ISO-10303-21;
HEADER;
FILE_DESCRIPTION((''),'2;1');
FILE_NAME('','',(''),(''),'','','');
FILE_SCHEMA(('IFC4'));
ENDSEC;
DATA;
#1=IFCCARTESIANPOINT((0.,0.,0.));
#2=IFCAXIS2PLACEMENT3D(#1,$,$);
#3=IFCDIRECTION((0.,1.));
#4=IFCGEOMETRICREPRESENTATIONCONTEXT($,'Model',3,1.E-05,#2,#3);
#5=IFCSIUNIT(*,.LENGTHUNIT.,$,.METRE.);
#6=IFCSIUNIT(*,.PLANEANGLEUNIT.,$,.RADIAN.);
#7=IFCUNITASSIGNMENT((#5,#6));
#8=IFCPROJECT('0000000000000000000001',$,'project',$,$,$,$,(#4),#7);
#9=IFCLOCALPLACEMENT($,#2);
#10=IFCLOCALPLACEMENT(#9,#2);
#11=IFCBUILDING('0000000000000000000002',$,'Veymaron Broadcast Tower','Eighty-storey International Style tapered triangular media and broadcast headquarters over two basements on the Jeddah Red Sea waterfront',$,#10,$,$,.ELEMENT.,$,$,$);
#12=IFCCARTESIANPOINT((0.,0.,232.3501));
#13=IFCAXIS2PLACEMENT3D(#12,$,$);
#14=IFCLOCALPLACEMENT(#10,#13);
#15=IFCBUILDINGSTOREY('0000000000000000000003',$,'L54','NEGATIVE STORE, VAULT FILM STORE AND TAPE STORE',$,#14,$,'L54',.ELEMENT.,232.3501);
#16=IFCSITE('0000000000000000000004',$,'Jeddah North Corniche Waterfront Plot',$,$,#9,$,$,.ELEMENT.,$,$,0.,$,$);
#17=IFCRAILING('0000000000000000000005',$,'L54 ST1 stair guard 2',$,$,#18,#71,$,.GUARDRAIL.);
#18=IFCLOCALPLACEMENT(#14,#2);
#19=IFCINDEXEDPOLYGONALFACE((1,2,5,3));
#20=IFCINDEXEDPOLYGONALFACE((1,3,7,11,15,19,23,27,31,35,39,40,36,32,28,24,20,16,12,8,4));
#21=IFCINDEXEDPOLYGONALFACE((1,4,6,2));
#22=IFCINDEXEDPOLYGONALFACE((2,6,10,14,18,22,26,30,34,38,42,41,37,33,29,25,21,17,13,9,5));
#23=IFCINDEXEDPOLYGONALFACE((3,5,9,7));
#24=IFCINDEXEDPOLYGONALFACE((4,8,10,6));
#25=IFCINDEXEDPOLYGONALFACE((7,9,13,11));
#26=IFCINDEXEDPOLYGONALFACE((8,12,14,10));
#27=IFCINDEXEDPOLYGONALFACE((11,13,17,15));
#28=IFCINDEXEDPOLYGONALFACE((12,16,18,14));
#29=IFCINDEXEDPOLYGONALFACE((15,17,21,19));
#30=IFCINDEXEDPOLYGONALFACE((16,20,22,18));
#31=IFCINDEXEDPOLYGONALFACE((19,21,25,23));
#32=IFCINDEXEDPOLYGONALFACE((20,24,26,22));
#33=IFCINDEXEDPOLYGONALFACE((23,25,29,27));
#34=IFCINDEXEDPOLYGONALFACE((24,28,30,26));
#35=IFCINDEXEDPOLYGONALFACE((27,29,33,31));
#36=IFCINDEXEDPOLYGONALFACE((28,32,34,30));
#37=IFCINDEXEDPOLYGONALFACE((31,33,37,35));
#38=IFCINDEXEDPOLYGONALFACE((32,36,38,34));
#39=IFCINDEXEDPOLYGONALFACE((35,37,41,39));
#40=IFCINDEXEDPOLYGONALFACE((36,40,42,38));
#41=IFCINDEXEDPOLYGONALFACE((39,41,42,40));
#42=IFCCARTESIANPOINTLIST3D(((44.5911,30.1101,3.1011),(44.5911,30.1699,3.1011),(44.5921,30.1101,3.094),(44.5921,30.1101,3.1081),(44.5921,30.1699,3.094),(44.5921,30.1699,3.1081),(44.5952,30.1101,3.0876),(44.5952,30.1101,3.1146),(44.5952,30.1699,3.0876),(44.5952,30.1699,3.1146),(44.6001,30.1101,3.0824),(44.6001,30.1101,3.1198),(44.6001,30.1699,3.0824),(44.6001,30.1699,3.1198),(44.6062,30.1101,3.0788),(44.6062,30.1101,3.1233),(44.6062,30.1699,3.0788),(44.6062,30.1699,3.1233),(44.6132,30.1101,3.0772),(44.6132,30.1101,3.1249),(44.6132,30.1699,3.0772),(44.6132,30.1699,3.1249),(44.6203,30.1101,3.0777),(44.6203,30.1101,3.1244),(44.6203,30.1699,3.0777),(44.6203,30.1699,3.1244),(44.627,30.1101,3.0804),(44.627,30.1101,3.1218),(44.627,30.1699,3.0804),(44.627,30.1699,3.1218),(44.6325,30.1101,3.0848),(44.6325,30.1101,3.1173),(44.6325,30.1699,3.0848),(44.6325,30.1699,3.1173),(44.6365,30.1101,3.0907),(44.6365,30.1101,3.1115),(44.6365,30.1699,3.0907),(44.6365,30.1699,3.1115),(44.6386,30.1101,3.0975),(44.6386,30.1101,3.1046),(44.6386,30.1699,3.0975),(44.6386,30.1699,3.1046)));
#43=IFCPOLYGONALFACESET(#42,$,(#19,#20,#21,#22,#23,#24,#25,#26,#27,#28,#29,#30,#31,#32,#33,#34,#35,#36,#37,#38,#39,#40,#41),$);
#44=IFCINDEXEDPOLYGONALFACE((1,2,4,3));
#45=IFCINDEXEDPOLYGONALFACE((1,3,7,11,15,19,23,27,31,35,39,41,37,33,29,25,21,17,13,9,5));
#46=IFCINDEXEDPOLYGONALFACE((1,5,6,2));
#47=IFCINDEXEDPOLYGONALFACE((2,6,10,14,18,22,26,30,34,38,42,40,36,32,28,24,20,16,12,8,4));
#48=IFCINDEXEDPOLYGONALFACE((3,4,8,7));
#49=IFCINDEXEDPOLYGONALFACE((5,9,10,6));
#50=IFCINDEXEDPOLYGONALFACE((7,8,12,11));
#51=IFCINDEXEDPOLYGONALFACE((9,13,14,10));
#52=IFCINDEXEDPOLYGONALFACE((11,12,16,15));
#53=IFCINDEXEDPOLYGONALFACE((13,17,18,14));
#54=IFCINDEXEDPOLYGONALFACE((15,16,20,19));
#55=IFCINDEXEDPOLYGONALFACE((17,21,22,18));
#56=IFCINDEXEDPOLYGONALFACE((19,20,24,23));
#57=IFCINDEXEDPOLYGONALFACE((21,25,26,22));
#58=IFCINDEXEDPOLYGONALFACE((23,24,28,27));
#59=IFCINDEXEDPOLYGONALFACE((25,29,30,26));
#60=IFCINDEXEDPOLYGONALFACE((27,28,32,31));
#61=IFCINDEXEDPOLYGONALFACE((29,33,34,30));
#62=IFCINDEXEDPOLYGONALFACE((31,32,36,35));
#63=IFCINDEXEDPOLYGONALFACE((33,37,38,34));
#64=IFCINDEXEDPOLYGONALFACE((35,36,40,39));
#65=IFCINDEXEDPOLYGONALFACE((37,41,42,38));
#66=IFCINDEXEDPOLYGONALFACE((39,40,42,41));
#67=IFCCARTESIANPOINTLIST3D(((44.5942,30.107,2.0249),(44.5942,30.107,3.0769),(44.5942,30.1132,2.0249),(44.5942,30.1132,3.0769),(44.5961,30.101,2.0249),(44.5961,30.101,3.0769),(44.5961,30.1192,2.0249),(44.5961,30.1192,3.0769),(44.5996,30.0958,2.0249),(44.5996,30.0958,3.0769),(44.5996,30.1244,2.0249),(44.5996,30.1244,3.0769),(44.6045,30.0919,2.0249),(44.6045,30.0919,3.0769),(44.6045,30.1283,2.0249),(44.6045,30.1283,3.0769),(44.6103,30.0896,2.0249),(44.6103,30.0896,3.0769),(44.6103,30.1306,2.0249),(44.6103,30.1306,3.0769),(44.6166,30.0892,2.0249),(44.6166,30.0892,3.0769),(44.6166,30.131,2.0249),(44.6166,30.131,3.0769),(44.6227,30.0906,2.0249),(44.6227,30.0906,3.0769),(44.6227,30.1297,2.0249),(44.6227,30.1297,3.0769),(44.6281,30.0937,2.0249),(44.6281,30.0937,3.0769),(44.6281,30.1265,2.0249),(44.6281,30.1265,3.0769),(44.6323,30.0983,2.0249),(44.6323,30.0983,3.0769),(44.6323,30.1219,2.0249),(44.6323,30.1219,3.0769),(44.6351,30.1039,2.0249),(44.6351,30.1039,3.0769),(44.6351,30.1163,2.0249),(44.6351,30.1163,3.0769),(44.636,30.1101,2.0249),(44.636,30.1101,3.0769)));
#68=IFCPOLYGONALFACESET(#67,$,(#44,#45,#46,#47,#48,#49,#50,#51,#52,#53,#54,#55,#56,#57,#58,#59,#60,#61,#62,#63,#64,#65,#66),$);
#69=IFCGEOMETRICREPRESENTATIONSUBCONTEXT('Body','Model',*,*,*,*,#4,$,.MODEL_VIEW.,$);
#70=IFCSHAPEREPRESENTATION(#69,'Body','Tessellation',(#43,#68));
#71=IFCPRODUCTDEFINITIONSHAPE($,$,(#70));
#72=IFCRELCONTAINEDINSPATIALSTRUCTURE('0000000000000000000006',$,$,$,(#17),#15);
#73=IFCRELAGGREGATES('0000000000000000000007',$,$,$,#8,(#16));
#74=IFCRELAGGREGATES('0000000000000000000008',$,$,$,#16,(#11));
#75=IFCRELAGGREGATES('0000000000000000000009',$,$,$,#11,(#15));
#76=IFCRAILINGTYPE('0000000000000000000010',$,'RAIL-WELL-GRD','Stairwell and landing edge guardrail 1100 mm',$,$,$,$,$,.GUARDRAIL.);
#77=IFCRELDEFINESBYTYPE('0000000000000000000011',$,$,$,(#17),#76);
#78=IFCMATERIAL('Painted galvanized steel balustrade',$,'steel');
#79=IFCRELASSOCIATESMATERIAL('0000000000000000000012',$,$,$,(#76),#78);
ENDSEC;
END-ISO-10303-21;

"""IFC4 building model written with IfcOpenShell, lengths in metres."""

from ifc_helpers import new_model, si_unit, direction, frame, origin, origin_2d, place, context, subcontext, project, spatial, circle, extrude, material, type_object, element, save


model = new_model("IFC4")

# Units and contexts
model_context = context("Model", 3, precision=1e-05, world=origin(), true_north=direction((0.0, 1.0)))
body_context = subcontext(model_context, "Body", "Model", "MODEL_VIEW")
ifc_project = project(units=[si_unit("LENGTHUNIT", "METRE"), si_unit("PLANEANGLEUNIT", "RADIAN")], contexts=[model_context])

# Site, building, storey
site_placement = place(None, origin())
site = spatial("IfcSite", under=ifc_project, at=site_placement, Name="Jeddah North Corniche Waterfront Plot", CompositionType="ELEMENT", RefElevation=0.0)
building_placement = place(site_placement, origin())
building = spatial("IfcBuilding", under=site, at=building_placement, Name="Veymaron Broadcast Tower", Description="Eighty-storey International Style tapered triangular media and broadcast headquarters over two basements on the Jeddah Red Sea waterfront", CompositionType="ELEMENT")
storey_placement = place(building_placement, frame((0.0, 0.0, 232.3501)))
storey = spatial("IfcBuildingStorey", under=building, at=storey_placement, Name="L54", Description="NEGATIVE STORE, VAULT FILM STORE AND TAPE STORE", LongName="L54", CompositionType="ELEMENT", Elevation=232.3501)

# Railing
ifc_material_1 = material(Name="Painted galvanized steel balustrade", Category="steel")
railing_type_1 = type_object("IfcRailingType", Name="RAIL-WELL-GRD", Description="Stairwell and landing edge guardrail 1100 mm", PredefinedType="GUARDRAIL", material=ifc_material_1)
railing_1_placement = place(storey_placement, frame((44.615, 30.1101, 2.0249)))
element("IfcRailing", 1, at=railing_1_placement, inside=storey, type_object=railing_type_1, Name="L54 ST1 stair guard 2", PredefinedType="GUARDRAIL", context=body_context, shape_type="SweptSolid", body=[
    extrude(circle(Radius=0.0239, at=origin_2d()), frame((0.0, 0.0, 1.0762), z_axis=(0.0, 1.0, 0.0), x_axis=(-1.0, 0.0, 0.0)), (0.0, 0.0, 1.0), 0.0598),
    extrude(circle(Radius=0.021, at=origin_2d()), origin(), (0.0, 0.0, 1.0), 1.052),
])

save(model, "model.ifc")
